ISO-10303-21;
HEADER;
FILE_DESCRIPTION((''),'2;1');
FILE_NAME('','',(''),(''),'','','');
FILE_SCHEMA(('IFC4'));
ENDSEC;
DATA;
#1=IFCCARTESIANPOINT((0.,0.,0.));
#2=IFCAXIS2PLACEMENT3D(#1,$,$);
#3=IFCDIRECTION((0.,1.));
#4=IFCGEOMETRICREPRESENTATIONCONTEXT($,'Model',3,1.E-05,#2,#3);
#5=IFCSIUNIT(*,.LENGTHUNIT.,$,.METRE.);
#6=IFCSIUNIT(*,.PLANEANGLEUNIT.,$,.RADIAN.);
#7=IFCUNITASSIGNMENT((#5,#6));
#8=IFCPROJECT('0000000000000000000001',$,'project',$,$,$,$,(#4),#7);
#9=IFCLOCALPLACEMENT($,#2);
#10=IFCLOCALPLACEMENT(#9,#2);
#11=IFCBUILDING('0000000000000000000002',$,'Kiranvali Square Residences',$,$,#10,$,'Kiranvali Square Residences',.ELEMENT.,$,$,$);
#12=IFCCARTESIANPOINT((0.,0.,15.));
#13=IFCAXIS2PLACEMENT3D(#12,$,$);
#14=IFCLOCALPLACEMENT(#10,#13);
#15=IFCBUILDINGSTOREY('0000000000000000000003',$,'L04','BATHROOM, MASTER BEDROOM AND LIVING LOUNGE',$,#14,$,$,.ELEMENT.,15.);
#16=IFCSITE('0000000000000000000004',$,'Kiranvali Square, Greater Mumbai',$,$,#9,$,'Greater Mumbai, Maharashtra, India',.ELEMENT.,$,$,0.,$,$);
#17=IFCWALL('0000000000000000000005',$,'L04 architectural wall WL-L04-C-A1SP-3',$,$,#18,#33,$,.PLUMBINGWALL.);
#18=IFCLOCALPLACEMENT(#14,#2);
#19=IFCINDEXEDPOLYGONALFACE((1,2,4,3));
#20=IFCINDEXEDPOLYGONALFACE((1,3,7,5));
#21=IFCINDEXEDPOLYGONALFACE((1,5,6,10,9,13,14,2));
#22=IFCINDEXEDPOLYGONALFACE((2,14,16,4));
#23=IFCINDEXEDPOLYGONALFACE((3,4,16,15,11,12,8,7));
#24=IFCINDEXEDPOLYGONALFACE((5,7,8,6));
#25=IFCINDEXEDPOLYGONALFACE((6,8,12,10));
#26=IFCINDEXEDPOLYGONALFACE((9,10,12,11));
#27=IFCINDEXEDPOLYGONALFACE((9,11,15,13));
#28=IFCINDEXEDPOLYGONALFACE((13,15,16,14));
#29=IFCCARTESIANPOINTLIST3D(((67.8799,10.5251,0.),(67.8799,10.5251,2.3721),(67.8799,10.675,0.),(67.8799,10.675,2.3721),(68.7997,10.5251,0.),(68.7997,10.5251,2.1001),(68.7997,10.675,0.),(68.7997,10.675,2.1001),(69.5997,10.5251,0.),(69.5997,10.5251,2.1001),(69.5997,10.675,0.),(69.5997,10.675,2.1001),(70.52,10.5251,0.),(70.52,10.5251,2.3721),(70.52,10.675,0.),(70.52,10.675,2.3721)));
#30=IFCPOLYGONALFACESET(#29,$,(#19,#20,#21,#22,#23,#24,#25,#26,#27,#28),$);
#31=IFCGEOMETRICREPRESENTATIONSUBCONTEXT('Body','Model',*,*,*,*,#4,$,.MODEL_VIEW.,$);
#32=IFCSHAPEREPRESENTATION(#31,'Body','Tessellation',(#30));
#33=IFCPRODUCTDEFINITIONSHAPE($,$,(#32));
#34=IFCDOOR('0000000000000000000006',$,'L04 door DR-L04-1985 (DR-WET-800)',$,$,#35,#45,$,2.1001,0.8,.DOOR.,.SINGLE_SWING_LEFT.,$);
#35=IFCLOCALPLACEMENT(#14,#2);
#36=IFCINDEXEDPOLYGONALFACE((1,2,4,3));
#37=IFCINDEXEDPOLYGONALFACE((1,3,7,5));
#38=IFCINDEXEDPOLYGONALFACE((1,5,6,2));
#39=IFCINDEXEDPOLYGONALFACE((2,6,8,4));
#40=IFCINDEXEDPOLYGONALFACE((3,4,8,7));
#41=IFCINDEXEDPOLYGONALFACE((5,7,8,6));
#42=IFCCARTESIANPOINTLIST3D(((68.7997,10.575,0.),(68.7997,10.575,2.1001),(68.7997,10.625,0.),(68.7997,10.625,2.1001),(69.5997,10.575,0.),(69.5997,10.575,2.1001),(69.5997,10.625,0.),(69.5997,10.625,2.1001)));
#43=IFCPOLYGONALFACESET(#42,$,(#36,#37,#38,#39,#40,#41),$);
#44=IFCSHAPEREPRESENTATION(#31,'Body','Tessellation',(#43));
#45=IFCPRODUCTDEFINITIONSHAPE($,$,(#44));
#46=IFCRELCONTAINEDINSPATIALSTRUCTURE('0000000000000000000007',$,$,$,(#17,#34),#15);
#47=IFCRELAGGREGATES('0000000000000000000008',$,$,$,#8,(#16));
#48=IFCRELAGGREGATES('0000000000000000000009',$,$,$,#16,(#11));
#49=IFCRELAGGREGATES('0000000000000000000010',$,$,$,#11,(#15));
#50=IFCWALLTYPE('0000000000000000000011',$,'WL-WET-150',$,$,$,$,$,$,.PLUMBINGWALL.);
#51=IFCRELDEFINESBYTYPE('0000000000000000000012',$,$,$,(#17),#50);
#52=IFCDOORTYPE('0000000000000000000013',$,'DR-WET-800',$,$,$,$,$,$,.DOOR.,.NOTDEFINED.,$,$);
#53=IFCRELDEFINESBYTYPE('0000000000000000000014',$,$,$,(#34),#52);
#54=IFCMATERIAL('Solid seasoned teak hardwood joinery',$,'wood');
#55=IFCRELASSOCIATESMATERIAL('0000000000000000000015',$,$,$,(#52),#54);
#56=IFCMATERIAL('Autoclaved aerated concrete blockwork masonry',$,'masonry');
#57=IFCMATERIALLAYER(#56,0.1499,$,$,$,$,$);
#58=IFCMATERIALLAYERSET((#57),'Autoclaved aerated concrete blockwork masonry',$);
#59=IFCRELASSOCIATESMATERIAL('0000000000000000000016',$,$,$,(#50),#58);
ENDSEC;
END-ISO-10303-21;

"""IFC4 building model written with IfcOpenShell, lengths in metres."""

from ifc_helpers import new_model, si_unit, direction, frame, frame_2d, origin, place, context, subcontext, project, spatial, rectangle, extrude, material, layer, layer_set, type_object, element, fill, save


model = new_model("IFC4")

# Units and contexts
model_context = context("Model", 3, precision=1e-05, world=origin(), true_north=direction((0.0, 1.0)))
body_context = subcontext(model_context, "Body", "Model", "MODEL_VIEW")
ifc_project = project(units=[si_unit("LENGTHUNIT", "METRE"), si_unit("PLANEANGLEUNIT", "RADIAN")], contexts=[model_context])

# Site, building, storey
site_placement = place(None, origin())
site = spatial("IfcSite", under=ifc_project, at=site_placement, Name="Kiranvali Square, Greater Mumbai", LongName="Greater Mumbai, Maharashtra, India", CompositionType="ELEMENT", RefElevation=0.0)
building_placement = place(site_placement, origin())
building = spatial("IfcBuilding", under=site, at=building_placement, Name="Kiranvali Square Residences", LongName="Kiranvali Square Residences", CompositionType="ELEMENT")
storey_placement = place(building_placement, frame((0.0, 0.0, 15.0)))
storey = spatial("IfcBuildingStorey", under=building, at=storey_placement, Name="L04", Description="BATHROOM, MASTER BEDROOM AND LIVING LOUNGE", CompositionType="ELEMENT", Elevation=15.0)

# Shared definitions
ifc_material_1 = material(Name="Autoclaved aerated concrete blockwork masonry", Category="masonry")

# Wall, opening, door
ifc_material_2 = material(Name="Solid seasoned teak hardwood joinery", Category="wood")
door_type_1 = type_object("IfcDoorType", Name="DR-WET-800", OperationType="NOTDEFINED", PredefinedType="DOOR", material=ifc_material_2)
ifc_layer_1 = layer(ifc_material_1, 0.1499)
ifc_layer_set_1 = layer_set([ifc_layer_1], Name="Autoclaved aerated concrete blockwork masonry")
wall_type_1 = type_object("IfcWallType", Name="WL-WET-150", PredefinedType="PLUMBINGWALL", material=ifc_layer_set_1)
wall_1_placement = place(storey_placement, frame((67.8799, 10.6001, 0.0), z_axis=(0.0, 0.0, 1.0), x_axis=(1.0, 0.0, 0.0)))
wall_1 = element("IfcWall", 1, at=wall_1_placement, inside=storey, type_object=wall_type_1, Name="L04 architectural wall WL-L04-C-A1SP-3", PredefinedType="PLUMBINGWALL", context=body_context, shape_type="SweptSolid", body=[
    extrude(rectangle(XDim=2.6401, YDim=0.1499, at=frame_2d((1.3201, 0.0))), origin(), (0.0, 0.0, 1.0), 2.3721),
])
opening_1_placement = place(wall_1_placement, frame((0.9199, 0.0, 0.0)))
opening_1 = element("IfcOpeningElement", 2, at=opening_1_placement, cuts=wall_1, PredefinedType="OPENING", context=body_context, shape_type="SweptSolid", body=[
    extrude(rectangle(XDim=0.8, YDim=2.1001, at=frame_2d((0.3999, 1.05))), frame((0.0, 0.085, 0.0), z_axis=(0.0, -1.0, 0.0), x_axis=(1.0, 0.0, 0.0)), (0.0, 0.0, 1.0), 0.1699),
])
door_1_placement = place(opening_1_placement, origin())
door_1 = element("IfcDoor", 3, at=door_1_placement, inside=storey, type_object=door_type_1, Name="L04 door DR-L04-1985 (DR-WET-800)", OperationType="SINGLE_SWING_LEFT", OverallHeight=2.1001, OverallWidth=0.8, PredefinedType="DOOR", context=body_context, shape_type="SweptSolid", body=[
    extrude(rectangle(XDim=0.8, YDim=2.1001, at=frame_2d((0.3999, 1.05))), frame((0.0, 0.0249, 0.0), z_axis=(0.0, -1.0, 0.0), x_axis=(1.0, 0.0, 0.0)), (0.0, 0.0, 1.0), 0.05),
])
fill(opening_1, door_1)

save(model, "model.ifc")
